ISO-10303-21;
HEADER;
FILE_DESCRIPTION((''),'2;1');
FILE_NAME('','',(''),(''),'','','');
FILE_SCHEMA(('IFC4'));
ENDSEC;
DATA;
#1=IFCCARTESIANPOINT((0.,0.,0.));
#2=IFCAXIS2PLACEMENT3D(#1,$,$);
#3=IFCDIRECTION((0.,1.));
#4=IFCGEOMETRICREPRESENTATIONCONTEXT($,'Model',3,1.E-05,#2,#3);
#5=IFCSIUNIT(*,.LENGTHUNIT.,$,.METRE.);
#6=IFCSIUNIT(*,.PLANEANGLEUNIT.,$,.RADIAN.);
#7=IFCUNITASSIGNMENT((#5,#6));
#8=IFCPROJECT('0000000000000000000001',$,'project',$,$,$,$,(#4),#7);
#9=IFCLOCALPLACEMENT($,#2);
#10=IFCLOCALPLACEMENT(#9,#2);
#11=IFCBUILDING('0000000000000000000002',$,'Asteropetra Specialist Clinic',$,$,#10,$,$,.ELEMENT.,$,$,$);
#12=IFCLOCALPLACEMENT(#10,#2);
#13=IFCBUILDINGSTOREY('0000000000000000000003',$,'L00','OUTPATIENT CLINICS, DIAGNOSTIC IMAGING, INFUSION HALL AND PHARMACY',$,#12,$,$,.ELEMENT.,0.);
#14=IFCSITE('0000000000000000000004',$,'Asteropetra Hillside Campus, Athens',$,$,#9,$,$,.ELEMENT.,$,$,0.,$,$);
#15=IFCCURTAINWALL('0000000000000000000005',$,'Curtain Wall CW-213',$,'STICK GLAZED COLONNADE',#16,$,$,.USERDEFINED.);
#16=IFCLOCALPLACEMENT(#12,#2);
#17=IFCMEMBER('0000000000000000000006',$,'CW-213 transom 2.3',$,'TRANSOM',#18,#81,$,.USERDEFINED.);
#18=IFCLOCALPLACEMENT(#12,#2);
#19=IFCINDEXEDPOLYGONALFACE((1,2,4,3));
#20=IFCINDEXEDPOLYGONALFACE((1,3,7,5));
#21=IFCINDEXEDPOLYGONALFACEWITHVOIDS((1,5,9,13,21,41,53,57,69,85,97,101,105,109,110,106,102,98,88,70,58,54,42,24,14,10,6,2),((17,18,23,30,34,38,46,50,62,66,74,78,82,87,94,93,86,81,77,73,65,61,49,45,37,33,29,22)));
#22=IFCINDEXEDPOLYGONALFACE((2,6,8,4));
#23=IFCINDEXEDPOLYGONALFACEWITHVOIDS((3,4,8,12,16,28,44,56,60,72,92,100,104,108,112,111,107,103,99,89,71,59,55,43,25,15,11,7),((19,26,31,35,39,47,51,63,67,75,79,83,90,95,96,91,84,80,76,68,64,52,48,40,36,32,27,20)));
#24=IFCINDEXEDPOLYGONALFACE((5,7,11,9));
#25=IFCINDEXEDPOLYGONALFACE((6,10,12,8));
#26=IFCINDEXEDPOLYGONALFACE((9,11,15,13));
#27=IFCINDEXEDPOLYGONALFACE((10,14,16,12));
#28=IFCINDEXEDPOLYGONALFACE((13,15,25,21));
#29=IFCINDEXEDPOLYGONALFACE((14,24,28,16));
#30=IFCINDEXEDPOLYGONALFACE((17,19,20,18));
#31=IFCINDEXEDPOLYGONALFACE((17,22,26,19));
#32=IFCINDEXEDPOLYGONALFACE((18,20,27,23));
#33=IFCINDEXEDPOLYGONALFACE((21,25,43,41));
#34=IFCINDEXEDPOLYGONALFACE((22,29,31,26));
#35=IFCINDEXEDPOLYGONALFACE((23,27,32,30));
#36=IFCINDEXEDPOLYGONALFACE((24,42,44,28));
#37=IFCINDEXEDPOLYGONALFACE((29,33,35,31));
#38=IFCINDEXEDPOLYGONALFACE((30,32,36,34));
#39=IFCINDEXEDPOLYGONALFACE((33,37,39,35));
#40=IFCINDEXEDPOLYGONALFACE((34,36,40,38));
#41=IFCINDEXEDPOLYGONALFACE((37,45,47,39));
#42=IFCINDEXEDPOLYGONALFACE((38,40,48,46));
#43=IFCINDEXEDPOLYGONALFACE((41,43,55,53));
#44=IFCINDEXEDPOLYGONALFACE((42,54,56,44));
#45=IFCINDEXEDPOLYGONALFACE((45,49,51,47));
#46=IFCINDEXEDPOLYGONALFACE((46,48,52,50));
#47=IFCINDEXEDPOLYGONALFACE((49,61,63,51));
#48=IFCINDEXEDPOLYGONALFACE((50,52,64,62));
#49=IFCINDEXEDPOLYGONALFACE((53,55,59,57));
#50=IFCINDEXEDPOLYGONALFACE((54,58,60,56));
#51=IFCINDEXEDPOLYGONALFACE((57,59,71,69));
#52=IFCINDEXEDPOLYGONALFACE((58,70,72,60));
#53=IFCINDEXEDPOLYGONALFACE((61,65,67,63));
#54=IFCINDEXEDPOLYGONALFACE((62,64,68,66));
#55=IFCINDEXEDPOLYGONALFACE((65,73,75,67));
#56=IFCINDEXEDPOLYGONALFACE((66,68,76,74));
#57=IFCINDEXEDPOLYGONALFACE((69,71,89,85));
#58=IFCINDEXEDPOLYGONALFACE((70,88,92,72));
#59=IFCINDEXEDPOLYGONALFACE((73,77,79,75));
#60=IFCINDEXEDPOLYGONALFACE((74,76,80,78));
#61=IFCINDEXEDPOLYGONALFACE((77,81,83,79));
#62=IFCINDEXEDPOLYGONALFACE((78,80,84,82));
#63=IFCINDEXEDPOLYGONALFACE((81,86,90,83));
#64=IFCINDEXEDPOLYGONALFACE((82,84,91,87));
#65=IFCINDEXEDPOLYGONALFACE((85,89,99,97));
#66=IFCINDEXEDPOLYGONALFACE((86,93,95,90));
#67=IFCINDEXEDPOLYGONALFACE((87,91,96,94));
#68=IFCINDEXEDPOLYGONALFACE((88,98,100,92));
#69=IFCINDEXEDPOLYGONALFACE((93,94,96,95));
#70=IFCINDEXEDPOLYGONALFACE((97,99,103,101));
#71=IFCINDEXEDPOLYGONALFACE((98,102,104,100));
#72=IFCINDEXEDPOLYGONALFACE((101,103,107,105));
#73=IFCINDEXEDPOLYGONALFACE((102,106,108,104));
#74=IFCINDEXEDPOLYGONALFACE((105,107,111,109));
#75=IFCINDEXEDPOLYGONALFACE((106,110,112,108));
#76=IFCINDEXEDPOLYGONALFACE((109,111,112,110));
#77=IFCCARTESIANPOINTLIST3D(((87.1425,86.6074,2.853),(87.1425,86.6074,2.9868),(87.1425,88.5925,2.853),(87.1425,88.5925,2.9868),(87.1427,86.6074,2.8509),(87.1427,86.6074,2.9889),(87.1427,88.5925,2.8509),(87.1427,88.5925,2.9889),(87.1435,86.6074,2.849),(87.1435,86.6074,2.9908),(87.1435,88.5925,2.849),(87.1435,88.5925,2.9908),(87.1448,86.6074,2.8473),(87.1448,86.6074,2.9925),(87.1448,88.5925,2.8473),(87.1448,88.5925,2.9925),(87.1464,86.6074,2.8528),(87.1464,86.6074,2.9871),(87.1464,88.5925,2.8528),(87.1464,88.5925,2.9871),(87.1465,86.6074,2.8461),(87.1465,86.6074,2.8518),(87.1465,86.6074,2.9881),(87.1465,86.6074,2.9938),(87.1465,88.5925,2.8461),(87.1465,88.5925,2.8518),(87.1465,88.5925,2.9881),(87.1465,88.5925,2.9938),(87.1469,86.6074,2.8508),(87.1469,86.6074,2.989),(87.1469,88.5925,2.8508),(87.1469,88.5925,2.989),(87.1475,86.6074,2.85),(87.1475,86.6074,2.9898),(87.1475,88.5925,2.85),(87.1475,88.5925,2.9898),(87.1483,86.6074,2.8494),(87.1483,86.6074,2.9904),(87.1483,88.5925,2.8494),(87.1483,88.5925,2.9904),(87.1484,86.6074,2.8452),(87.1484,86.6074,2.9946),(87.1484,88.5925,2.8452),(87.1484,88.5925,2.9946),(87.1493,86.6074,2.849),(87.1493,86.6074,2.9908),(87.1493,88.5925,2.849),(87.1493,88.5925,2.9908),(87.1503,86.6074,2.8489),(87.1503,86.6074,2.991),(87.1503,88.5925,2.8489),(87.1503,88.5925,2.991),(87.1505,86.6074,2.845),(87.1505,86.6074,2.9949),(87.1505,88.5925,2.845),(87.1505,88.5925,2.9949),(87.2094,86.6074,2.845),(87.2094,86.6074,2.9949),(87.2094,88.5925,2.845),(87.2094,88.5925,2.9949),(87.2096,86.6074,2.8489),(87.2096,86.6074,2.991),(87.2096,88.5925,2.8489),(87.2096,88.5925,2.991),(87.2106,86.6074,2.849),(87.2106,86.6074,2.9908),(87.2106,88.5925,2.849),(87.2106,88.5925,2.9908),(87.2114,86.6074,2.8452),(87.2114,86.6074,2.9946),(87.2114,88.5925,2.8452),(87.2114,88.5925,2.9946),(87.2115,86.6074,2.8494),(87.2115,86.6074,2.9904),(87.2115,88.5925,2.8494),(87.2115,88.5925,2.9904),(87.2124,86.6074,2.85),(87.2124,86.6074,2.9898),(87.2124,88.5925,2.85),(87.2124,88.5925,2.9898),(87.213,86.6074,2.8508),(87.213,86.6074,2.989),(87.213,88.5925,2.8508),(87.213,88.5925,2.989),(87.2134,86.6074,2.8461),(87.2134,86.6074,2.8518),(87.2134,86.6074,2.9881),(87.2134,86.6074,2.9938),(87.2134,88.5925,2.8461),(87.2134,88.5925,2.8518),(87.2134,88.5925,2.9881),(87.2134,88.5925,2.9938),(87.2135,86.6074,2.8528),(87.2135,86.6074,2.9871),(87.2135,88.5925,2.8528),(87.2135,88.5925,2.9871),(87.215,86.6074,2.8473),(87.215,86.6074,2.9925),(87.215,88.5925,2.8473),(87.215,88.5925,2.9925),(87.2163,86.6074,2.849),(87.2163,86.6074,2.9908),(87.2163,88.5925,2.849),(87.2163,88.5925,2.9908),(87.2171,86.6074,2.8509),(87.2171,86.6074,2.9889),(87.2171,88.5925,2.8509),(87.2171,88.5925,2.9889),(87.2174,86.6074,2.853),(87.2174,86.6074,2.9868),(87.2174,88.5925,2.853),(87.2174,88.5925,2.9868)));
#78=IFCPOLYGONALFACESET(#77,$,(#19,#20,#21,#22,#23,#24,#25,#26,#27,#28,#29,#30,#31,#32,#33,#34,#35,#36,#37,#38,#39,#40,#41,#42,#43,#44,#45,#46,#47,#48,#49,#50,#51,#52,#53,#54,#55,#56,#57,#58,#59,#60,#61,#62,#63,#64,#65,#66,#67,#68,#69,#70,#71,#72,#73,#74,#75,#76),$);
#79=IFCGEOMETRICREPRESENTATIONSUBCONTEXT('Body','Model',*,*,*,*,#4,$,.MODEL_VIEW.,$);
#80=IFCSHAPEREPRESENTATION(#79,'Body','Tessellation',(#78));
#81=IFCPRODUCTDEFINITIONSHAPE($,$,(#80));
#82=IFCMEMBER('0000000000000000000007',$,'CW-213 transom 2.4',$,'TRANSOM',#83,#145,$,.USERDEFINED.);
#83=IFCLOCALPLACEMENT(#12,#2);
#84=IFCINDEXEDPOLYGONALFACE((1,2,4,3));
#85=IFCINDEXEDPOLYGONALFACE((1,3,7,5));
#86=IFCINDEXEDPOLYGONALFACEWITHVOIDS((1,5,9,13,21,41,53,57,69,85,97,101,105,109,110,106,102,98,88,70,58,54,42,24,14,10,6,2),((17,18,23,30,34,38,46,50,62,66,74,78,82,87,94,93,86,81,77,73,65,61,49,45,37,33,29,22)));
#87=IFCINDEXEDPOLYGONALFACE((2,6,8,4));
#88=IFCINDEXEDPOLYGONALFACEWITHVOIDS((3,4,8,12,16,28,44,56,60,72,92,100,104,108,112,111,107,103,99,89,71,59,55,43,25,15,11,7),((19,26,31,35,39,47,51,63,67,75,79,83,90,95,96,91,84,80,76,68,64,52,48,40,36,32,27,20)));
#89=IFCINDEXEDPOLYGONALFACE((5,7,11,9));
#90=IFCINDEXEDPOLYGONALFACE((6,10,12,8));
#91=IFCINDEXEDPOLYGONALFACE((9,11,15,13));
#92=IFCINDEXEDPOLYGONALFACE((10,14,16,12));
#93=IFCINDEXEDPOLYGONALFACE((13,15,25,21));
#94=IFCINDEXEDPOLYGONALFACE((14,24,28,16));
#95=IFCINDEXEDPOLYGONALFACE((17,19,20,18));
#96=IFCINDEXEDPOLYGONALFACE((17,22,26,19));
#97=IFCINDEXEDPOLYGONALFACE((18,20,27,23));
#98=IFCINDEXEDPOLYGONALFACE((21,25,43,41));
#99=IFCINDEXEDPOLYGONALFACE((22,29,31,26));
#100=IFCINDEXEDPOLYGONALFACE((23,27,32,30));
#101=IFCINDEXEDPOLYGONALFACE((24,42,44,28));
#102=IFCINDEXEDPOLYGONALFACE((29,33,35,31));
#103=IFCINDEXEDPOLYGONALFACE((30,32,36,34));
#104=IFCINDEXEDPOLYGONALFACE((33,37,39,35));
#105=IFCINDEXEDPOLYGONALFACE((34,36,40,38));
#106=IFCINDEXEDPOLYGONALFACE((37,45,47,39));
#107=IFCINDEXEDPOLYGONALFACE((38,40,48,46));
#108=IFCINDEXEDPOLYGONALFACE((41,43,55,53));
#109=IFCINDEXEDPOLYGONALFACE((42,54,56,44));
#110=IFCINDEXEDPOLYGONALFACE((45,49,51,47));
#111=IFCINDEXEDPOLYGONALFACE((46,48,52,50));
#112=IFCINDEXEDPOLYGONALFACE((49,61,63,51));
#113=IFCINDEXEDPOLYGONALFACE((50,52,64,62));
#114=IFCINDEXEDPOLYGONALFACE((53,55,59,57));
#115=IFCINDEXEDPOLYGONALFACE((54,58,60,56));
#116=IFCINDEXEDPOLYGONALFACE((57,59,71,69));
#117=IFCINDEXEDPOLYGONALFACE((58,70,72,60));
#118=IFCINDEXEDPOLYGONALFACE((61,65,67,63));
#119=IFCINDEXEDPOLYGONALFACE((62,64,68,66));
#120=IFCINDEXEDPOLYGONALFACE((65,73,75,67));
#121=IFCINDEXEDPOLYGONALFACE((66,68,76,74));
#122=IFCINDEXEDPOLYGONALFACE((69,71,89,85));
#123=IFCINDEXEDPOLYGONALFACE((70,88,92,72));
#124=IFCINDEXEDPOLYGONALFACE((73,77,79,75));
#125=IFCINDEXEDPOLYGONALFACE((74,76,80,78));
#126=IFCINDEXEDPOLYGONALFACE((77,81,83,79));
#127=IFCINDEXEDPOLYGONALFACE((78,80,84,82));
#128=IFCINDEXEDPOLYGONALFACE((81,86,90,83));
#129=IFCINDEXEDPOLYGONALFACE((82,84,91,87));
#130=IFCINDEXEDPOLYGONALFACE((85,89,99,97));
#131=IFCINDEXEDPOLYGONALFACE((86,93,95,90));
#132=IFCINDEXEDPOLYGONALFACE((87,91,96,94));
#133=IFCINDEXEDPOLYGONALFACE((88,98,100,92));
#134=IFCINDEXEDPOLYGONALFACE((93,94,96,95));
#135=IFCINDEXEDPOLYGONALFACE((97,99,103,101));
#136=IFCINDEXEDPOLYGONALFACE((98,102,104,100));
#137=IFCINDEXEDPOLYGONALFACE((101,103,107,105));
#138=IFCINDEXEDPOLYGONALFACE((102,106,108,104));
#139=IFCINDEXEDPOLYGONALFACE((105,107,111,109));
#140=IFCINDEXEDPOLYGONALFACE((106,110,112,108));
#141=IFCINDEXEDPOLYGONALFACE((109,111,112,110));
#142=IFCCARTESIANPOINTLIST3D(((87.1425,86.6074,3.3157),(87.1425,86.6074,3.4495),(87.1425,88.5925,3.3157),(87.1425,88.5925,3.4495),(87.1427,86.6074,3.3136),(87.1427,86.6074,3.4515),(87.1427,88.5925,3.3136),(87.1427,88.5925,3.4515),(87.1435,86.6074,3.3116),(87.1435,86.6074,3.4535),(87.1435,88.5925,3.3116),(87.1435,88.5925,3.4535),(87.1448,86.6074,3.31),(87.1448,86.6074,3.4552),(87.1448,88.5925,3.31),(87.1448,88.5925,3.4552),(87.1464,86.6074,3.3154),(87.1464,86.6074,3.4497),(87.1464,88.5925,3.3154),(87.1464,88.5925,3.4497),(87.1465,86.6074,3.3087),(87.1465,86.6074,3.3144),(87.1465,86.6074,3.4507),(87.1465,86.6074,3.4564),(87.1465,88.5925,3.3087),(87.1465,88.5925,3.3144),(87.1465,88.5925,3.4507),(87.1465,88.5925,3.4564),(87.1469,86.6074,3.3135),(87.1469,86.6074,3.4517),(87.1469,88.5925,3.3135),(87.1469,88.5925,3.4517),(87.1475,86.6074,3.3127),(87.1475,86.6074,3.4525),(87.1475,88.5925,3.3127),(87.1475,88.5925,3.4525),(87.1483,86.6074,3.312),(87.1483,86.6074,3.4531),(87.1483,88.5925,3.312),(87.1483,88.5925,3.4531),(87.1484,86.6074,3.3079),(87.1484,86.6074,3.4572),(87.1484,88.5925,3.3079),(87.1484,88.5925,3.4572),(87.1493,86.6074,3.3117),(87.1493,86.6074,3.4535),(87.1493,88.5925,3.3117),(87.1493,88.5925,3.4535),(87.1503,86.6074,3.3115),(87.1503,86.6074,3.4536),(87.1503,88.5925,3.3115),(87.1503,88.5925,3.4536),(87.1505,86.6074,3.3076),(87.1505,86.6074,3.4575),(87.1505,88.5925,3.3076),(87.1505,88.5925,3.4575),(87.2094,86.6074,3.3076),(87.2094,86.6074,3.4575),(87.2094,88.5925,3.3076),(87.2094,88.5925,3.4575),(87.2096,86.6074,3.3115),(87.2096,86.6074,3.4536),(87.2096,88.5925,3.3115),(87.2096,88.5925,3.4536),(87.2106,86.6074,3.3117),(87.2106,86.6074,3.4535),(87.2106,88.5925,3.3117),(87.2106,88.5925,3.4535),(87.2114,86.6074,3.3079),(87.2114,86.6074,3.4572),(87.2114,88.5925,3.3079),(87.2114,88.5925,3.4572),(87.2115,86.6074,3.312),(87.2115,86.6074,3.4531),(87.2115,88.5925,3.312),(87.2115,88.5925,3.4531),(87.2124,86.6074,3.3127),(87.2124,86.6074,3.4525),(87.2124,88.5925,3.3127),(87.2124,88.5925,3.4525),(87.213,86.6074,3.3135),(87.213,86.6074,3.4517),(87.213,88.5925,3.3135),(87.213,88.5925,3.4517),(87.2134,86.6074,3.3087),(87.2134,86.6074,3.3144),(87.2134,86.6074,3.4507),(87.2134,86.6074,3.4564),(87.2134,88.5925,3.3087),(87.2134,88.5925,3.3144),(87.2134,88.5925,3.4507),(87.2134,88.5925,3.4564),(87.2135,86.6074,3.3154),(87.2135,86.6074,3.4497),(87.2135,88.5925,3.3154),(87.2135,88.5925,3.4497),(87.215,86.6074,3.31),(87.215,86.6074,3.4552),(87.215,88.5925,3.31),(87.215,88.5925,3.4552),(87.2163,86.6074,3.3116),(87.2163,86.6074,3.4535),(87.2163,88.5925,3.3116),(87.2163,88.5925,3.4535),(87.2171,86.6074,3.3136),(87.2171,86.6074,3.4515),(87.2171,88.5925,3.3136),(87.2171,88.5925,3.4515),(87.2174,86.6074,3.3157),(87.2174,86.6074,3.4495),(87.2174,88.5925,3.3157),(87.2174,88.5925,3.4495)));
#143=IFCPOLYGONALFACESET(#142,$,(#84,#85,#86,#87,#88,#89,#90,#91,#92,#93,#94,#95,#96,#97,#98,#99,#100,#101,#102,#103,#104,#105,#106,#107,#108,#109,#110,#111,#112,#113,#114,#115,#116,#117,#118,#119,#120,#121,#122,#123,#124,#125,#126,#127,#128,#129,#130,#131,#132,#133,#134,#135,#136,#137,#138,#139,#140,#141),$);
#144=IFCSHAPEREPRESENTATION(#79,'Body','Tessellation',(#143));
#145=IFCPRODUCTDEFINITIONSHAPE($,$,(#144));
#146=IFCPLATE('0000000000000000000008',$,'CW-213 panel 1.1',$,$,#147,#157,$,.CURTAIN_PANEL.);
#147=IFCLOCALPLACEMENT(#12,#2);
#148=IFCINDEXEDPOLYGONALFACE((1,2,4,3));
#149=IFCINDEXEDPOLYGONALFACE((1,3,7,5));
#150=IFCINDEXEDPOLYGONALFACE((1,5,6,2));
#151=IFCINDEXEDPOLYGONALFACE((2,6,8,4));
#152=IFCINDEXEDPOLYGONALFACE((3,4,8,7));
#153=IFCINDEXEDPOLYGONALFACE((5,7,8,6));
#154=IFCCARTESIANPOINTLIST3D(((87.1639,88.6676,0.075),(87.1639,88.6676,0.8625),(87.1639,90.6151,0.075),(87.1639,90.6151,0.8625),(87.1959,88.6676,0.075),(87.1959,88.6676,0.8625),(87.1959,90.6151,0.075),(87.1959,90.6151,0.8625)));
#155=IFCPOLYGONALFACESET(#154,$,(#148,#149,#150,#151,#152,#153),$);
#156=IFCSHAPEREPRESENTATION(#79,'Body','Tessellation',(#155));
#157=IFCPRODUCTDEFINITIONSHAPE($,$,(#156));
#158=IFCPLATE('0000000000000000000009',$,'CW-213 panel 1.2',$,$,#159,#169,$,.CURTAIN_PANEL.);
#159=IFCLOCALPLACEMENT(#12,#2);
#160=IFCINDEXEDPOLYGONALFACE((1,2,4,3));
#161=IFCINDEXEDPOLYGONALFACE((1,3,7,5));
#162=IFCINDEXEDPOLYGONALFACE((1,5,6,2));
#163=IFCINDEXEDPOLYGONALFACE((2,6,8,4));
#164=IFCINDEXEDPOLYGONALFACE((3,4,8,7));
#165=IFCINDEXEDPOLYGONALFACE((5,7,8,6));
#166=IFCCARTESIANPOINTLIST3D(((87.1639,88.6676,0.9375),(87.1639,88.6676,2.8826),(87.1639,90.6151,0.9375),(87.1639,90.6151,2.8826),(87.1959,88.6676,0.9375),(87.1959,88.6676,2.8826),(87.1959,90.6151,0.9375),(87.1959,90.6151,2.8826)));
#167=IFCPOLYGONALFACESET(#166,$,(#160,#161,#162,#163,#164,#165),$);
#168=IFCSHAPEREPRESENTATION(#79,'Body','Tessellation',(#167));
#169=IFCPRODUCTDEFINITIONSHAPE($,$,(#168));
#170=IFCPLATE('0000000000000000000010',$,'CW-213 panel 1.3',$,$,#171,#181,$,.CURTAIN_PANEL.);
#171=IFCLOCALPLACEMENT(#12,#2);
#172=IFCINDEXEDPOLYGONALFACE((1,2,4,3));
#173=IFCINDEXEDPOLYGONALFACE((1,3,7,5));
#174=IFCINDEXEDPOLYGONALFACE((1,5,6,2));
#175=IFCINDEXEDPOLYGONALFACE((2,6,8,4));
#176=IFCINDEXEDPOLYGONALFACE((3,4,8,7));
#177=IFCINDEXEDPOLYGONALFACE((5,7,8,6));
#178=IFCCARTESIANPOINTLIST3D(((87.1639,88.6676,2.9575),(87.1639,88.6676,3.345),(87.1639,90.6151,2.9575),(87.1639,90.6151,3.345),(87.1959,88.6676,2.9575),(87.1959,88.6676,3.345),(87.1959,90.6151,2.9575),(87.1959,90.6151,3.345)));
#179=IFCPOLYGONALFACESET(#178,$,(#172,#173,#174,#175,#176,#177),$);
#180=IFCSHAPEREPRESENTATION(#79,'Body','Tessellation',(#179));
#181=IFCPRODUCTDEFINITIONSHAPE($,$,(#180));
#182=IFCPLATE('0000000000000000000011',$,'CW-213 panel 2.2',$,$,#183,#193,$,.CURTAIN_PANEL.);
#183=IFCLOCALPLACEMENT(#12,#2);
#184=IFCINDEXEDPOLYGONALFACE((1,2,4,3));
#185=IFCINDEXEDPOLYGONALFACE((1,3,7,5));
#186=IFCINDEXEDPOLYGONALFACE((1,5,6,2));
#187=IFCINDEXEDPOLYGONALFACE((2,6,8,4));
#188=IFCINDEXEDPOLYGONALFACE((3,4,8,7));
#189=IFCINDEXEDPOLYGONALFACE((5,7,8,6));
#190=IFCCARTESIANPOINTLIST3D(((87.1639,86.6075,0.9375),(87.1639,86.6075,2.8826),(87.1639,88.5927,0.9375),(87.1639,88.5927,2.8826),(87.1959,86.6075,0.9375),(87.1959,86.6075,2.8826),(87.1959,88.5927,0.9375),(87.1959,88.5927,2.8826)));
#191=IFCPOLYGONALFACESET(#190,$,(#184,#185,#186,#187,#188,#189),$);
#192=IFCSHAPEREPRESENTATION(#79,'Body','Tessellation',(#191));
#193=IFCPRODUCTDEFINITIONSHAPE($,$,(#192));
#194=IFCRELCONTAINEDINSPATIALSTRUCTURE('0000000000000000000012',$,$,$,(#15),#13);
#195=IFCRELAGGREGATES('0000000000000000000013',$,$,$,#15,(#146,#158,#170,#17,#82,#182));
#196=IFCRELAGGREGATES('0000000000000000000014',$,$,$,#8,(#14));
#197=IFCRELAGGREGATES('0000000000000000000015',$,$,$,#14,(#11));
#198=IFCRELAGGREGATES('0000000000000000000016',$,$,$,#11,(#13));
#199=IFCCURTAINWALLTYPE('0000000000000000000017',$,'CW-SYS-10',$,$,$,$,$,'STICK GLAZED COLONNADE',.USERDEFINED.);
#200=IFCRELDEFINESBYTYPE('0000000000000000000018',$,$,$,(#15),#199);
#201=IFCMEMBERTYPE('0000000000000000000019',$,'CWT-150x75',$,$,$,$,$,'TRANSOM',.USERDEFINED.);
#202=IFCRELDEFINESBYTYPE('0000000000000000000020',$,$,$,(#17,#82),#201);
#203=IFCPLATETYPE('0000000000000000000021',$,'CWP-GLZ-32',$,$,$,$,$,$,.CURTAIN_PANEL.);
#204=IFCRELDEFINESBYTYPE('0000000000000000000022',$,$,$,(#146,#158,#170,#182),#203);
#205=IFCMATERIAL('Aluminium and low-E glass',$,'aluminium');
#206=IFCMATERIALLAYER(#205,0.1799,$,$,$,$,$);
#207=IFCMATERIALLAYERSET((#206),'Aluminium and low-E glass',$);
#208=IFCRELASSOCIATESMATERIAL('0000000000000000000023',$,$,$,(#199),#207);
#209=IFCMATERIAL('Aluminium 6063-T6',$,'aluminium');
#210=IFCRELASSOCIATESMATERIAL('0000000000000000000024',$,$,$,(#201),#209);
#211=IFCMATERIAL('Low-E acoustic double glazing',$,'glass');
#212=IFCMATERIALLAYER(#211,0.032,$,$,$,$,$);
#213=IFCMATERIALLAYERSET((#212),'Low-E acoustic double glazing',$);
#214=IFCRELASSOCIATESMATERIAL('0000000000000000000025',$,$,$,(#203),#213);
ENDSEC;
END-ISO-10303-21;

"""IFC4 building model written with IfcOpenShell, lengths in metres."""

from ifc_helpers import new_model, si_unit, direction, frame, origin, origin_2d, place, context, subcontext, project, spatial, rectangle, hollow_rectangle, extrude, material, layer, layer_set, material_profile, profile_set, type_object, element, aggregate, save


model = new_model("IFC4")

# Units and contexts
model_context = context("Model", 3, precision=1e-05, world=origin(), true_north=direction((0.0, 1.0)))
body_context = subcontext(model_context, "Body", "Model", "MODEL_VIEW")
ifc_project = project(units=[si_unit("LENGTHUNIT", "METRE"), si_unit("PLANEANGLEUNIT", "RADIAN")], contexts=[model_context])

# Site, building, storey
site_placement = place(None, origin())
site = spatial("IfcSite", under=ifc_project, at=site_placement, Name="Asteropetra Hillside Campus, Athens", CompositionType="ELEMENT", RefElevation=0.0)
building_placement = place(site_placement, origin())
building = spatial("IfcBuilding", under=site, at=building_placement, Name="Asteropetra Specialist Clinic", CompositionType="ELEMENT")
storey_placement = place(building_placement, origin())
storey = spatial("IfcBuildingStorey", under=building, at=storey_placement, Name="L00", Description="OUTPATIENT CLINICS, DIAGNOSTIC IMAGING, INFUSION HALL AND PHARMACY", CompositionType="ELEMENT", Elevation=0.0)

# Curtain wall, members, plates
ifc_material_1 = material(Name="Aluminium and low-E glass", Category="aluminium")
ifc_layer_1 = layer(ifc_material_1, 0.1799)
ifc_layer_set_1 = layer_set([ifc_layer_1], Name="Aluminium and low-E glass")
curtain_wall_type_1 = type_object("IfcCurtainWallType", Name="CW-SYS-10", ElementType="STICK GLAZED COLONNADE", PredefinedType="USERDEFINED", material=ifc_layer_set_1)
curtain_wall_1_placement = place(storey_placement, origin())
curtain_wall_1 = element("IfcCurtainWall", 1, at=curtain_wall_1_placement, inside=storey, type_object=curtain_wall_type_1, Name="Curtain Wall CW-213", ObjectType="STICK GLAZED COLONNADE", PredefinedType="USERDEFINED")
ifc_material_2 = material(Name="Aluminium 6063-T6", Category="aluminium")
ifc_material_profile_1 = material_profile(ifc_material_2, hollow_rectangle(XDim=0.075, YDim=0.1499, WallThickness=0.0039, InnerFilletRadius=0.0039, OuterFilletRadius=0.0081, at=origin_2d()), Name="TRN 150x75x4.0")
ifc_profile_set_1 = profile_set([ifc_material_profile_1], Name="Aluminium 6063-T6")
member_type_1 = type_object("IfcMemberType", Name="CWT-150x75", ElementType="TRANSOM", PredefinedType="USERDEFINED", material=ifc_profile_set_1)
member_1_placement = place(storey_placement, frame((87.1799, 88.5925, 2.9199), z_axis=(0.0, -1.0, 0.0), x_axis=(1.0, 0.0, 0.0)))
member_1 = element("IfcMember", 2, at=member_1_placement, type_object=member_type_1, Name="CW-213 transom 2.3", ObjectType="TRANSOM", PredefinedType="USERDEFINED", context=body_context, shape_type="SweptSolid", body=[
    extrude(hollow_rectangle(XDim=0.075, YDim=0.1499, WallThickness=0.0039, InnerFilletRadius=0.0039, OuterFilletRadius=0.0081, at=origin_2d()), origin(), (0.0, 0.0, 1.0), 1.9851),
])
member_2_placement = place(storey_placement, frame((87.1799, 88.5925, 3.3826), z_axis=(0.0, -1.0, 0.0), x_axis=(1.0, 0.0, 0.0)))
member_2 = element("IfcMember", 3, at=member_2_placement, type_object=member_type_1, Name="CW-213 transom 2.4", ObjectType="TRANSOM", PredefinedType="USERDEFINED", context=body_context, shape_type="SweptSolid", body=[
    extrude(hollow_rectangle(XDim=0.075, YDim=0.1499, WallThickness=0.0039, InnerFilletRadius=0.0039, OuterFilletRadius=0.0081, at=origin_2d()), origin(), (0.0, 0.0, 1.0), 1.9851),
])
ifc_material_3 = material(Name="Low-E acoustic double glazing", Category="glass")
ifc_layer_2 = layer(ifc_material_3, 0.032)
ifc_layer_set_2 = layer_set([ifc_layer_2], Name="Low-E acoustic double glazing")
plate_type = type_object("IfcPlateType", Name="CWP-GLZ-32", PredefinedType="CURTAIN_PANEL", material=ifc_layer_set_2)
plate_1_placement = place(storey_placement, frame((87.1799, 89.6414, 0.075), z_axis=(0.0, 0.0, 1.0), x_axis=(0.0, -1.0, 0.0)))
plate_1 = element("IfcPlate", 4, at=plate_1_placement, type_object=plate_type, Name="CW-213 panel 1.1", PredefinedType="CURTAIN_PANEL", context=body_context, shape_type="SweptSolid", body=[
    extrude(rectangle(XDim=1.9475, YDim=0.032, at=origin_2d()), origin(), (0.0, 0.0, 1.0), 0.7876),
])
plate_2_placement = place(storey_placement, frame((87.1799, 89.6414, 0.9375), z_axis=(0.0, 0.0, 1.0), x_axis=(0.0, -1.0, 0.0)))
plate_2 = element("IfcPlate", 5, at=plate_2_placement, type_object=plate_type, Name="CW-213 panel 1.2", PredefinedType="CURTAIN_PANEL", context=body_context, shape_type="SweptSolid", body=[
    extrude(rectangle(XDim=1.9475, YDim=0.032, at=origin_2d()), origin(), (0.0, 0.0, 1.0), 1.9451),
])
plate_3_placement = place(storey_placement, frame((87.1799, 89.6414, 2.9575), z_axis=(0.0, 0.0, 1.0), x_axis=(0.0, -1.0, 0.0)))
plate_3 = element("IfcPlate", 6, at=plate_3_placement, type_object=plate_type, Name="CW-213 panel 1.3", PredefinedType="CURTAIN_PANEL", context=body_context, shape_type="SweptSolid", body=[
    extrude(rectangle(XDim=1.9475, YDim=0.032, at=origin_2d()), origin(), (0.0, 0.0, 1.0), 0.3875),
])
plate_4_placement = place(storey_placement, frame((87.1799, 87.6001, 0.9375), z_axis=(0.0, 0.0, 1.0), x_axis=(0.0, -1.0, 0.0)))
plate_4 = element("IfcPlate", 7, at=plate_4_placement, type_object=plate_type, Name="CW-213 panel 2.2", PredefinedType="CURTAIN_PANEL", context=body_context, shape_type="SweptSolid", body=[
    extrude(rectangle(XDim=1.9851, YDim=0.032, at=origin_2d()), origin(), (0.0, 0.0, 1.0), 1.9451),
])
aggregate(curtain_wall_1, [plate_1, plate_2, plate_3, member_1, member_2, plate_4])

save(model, "model.ifc")
